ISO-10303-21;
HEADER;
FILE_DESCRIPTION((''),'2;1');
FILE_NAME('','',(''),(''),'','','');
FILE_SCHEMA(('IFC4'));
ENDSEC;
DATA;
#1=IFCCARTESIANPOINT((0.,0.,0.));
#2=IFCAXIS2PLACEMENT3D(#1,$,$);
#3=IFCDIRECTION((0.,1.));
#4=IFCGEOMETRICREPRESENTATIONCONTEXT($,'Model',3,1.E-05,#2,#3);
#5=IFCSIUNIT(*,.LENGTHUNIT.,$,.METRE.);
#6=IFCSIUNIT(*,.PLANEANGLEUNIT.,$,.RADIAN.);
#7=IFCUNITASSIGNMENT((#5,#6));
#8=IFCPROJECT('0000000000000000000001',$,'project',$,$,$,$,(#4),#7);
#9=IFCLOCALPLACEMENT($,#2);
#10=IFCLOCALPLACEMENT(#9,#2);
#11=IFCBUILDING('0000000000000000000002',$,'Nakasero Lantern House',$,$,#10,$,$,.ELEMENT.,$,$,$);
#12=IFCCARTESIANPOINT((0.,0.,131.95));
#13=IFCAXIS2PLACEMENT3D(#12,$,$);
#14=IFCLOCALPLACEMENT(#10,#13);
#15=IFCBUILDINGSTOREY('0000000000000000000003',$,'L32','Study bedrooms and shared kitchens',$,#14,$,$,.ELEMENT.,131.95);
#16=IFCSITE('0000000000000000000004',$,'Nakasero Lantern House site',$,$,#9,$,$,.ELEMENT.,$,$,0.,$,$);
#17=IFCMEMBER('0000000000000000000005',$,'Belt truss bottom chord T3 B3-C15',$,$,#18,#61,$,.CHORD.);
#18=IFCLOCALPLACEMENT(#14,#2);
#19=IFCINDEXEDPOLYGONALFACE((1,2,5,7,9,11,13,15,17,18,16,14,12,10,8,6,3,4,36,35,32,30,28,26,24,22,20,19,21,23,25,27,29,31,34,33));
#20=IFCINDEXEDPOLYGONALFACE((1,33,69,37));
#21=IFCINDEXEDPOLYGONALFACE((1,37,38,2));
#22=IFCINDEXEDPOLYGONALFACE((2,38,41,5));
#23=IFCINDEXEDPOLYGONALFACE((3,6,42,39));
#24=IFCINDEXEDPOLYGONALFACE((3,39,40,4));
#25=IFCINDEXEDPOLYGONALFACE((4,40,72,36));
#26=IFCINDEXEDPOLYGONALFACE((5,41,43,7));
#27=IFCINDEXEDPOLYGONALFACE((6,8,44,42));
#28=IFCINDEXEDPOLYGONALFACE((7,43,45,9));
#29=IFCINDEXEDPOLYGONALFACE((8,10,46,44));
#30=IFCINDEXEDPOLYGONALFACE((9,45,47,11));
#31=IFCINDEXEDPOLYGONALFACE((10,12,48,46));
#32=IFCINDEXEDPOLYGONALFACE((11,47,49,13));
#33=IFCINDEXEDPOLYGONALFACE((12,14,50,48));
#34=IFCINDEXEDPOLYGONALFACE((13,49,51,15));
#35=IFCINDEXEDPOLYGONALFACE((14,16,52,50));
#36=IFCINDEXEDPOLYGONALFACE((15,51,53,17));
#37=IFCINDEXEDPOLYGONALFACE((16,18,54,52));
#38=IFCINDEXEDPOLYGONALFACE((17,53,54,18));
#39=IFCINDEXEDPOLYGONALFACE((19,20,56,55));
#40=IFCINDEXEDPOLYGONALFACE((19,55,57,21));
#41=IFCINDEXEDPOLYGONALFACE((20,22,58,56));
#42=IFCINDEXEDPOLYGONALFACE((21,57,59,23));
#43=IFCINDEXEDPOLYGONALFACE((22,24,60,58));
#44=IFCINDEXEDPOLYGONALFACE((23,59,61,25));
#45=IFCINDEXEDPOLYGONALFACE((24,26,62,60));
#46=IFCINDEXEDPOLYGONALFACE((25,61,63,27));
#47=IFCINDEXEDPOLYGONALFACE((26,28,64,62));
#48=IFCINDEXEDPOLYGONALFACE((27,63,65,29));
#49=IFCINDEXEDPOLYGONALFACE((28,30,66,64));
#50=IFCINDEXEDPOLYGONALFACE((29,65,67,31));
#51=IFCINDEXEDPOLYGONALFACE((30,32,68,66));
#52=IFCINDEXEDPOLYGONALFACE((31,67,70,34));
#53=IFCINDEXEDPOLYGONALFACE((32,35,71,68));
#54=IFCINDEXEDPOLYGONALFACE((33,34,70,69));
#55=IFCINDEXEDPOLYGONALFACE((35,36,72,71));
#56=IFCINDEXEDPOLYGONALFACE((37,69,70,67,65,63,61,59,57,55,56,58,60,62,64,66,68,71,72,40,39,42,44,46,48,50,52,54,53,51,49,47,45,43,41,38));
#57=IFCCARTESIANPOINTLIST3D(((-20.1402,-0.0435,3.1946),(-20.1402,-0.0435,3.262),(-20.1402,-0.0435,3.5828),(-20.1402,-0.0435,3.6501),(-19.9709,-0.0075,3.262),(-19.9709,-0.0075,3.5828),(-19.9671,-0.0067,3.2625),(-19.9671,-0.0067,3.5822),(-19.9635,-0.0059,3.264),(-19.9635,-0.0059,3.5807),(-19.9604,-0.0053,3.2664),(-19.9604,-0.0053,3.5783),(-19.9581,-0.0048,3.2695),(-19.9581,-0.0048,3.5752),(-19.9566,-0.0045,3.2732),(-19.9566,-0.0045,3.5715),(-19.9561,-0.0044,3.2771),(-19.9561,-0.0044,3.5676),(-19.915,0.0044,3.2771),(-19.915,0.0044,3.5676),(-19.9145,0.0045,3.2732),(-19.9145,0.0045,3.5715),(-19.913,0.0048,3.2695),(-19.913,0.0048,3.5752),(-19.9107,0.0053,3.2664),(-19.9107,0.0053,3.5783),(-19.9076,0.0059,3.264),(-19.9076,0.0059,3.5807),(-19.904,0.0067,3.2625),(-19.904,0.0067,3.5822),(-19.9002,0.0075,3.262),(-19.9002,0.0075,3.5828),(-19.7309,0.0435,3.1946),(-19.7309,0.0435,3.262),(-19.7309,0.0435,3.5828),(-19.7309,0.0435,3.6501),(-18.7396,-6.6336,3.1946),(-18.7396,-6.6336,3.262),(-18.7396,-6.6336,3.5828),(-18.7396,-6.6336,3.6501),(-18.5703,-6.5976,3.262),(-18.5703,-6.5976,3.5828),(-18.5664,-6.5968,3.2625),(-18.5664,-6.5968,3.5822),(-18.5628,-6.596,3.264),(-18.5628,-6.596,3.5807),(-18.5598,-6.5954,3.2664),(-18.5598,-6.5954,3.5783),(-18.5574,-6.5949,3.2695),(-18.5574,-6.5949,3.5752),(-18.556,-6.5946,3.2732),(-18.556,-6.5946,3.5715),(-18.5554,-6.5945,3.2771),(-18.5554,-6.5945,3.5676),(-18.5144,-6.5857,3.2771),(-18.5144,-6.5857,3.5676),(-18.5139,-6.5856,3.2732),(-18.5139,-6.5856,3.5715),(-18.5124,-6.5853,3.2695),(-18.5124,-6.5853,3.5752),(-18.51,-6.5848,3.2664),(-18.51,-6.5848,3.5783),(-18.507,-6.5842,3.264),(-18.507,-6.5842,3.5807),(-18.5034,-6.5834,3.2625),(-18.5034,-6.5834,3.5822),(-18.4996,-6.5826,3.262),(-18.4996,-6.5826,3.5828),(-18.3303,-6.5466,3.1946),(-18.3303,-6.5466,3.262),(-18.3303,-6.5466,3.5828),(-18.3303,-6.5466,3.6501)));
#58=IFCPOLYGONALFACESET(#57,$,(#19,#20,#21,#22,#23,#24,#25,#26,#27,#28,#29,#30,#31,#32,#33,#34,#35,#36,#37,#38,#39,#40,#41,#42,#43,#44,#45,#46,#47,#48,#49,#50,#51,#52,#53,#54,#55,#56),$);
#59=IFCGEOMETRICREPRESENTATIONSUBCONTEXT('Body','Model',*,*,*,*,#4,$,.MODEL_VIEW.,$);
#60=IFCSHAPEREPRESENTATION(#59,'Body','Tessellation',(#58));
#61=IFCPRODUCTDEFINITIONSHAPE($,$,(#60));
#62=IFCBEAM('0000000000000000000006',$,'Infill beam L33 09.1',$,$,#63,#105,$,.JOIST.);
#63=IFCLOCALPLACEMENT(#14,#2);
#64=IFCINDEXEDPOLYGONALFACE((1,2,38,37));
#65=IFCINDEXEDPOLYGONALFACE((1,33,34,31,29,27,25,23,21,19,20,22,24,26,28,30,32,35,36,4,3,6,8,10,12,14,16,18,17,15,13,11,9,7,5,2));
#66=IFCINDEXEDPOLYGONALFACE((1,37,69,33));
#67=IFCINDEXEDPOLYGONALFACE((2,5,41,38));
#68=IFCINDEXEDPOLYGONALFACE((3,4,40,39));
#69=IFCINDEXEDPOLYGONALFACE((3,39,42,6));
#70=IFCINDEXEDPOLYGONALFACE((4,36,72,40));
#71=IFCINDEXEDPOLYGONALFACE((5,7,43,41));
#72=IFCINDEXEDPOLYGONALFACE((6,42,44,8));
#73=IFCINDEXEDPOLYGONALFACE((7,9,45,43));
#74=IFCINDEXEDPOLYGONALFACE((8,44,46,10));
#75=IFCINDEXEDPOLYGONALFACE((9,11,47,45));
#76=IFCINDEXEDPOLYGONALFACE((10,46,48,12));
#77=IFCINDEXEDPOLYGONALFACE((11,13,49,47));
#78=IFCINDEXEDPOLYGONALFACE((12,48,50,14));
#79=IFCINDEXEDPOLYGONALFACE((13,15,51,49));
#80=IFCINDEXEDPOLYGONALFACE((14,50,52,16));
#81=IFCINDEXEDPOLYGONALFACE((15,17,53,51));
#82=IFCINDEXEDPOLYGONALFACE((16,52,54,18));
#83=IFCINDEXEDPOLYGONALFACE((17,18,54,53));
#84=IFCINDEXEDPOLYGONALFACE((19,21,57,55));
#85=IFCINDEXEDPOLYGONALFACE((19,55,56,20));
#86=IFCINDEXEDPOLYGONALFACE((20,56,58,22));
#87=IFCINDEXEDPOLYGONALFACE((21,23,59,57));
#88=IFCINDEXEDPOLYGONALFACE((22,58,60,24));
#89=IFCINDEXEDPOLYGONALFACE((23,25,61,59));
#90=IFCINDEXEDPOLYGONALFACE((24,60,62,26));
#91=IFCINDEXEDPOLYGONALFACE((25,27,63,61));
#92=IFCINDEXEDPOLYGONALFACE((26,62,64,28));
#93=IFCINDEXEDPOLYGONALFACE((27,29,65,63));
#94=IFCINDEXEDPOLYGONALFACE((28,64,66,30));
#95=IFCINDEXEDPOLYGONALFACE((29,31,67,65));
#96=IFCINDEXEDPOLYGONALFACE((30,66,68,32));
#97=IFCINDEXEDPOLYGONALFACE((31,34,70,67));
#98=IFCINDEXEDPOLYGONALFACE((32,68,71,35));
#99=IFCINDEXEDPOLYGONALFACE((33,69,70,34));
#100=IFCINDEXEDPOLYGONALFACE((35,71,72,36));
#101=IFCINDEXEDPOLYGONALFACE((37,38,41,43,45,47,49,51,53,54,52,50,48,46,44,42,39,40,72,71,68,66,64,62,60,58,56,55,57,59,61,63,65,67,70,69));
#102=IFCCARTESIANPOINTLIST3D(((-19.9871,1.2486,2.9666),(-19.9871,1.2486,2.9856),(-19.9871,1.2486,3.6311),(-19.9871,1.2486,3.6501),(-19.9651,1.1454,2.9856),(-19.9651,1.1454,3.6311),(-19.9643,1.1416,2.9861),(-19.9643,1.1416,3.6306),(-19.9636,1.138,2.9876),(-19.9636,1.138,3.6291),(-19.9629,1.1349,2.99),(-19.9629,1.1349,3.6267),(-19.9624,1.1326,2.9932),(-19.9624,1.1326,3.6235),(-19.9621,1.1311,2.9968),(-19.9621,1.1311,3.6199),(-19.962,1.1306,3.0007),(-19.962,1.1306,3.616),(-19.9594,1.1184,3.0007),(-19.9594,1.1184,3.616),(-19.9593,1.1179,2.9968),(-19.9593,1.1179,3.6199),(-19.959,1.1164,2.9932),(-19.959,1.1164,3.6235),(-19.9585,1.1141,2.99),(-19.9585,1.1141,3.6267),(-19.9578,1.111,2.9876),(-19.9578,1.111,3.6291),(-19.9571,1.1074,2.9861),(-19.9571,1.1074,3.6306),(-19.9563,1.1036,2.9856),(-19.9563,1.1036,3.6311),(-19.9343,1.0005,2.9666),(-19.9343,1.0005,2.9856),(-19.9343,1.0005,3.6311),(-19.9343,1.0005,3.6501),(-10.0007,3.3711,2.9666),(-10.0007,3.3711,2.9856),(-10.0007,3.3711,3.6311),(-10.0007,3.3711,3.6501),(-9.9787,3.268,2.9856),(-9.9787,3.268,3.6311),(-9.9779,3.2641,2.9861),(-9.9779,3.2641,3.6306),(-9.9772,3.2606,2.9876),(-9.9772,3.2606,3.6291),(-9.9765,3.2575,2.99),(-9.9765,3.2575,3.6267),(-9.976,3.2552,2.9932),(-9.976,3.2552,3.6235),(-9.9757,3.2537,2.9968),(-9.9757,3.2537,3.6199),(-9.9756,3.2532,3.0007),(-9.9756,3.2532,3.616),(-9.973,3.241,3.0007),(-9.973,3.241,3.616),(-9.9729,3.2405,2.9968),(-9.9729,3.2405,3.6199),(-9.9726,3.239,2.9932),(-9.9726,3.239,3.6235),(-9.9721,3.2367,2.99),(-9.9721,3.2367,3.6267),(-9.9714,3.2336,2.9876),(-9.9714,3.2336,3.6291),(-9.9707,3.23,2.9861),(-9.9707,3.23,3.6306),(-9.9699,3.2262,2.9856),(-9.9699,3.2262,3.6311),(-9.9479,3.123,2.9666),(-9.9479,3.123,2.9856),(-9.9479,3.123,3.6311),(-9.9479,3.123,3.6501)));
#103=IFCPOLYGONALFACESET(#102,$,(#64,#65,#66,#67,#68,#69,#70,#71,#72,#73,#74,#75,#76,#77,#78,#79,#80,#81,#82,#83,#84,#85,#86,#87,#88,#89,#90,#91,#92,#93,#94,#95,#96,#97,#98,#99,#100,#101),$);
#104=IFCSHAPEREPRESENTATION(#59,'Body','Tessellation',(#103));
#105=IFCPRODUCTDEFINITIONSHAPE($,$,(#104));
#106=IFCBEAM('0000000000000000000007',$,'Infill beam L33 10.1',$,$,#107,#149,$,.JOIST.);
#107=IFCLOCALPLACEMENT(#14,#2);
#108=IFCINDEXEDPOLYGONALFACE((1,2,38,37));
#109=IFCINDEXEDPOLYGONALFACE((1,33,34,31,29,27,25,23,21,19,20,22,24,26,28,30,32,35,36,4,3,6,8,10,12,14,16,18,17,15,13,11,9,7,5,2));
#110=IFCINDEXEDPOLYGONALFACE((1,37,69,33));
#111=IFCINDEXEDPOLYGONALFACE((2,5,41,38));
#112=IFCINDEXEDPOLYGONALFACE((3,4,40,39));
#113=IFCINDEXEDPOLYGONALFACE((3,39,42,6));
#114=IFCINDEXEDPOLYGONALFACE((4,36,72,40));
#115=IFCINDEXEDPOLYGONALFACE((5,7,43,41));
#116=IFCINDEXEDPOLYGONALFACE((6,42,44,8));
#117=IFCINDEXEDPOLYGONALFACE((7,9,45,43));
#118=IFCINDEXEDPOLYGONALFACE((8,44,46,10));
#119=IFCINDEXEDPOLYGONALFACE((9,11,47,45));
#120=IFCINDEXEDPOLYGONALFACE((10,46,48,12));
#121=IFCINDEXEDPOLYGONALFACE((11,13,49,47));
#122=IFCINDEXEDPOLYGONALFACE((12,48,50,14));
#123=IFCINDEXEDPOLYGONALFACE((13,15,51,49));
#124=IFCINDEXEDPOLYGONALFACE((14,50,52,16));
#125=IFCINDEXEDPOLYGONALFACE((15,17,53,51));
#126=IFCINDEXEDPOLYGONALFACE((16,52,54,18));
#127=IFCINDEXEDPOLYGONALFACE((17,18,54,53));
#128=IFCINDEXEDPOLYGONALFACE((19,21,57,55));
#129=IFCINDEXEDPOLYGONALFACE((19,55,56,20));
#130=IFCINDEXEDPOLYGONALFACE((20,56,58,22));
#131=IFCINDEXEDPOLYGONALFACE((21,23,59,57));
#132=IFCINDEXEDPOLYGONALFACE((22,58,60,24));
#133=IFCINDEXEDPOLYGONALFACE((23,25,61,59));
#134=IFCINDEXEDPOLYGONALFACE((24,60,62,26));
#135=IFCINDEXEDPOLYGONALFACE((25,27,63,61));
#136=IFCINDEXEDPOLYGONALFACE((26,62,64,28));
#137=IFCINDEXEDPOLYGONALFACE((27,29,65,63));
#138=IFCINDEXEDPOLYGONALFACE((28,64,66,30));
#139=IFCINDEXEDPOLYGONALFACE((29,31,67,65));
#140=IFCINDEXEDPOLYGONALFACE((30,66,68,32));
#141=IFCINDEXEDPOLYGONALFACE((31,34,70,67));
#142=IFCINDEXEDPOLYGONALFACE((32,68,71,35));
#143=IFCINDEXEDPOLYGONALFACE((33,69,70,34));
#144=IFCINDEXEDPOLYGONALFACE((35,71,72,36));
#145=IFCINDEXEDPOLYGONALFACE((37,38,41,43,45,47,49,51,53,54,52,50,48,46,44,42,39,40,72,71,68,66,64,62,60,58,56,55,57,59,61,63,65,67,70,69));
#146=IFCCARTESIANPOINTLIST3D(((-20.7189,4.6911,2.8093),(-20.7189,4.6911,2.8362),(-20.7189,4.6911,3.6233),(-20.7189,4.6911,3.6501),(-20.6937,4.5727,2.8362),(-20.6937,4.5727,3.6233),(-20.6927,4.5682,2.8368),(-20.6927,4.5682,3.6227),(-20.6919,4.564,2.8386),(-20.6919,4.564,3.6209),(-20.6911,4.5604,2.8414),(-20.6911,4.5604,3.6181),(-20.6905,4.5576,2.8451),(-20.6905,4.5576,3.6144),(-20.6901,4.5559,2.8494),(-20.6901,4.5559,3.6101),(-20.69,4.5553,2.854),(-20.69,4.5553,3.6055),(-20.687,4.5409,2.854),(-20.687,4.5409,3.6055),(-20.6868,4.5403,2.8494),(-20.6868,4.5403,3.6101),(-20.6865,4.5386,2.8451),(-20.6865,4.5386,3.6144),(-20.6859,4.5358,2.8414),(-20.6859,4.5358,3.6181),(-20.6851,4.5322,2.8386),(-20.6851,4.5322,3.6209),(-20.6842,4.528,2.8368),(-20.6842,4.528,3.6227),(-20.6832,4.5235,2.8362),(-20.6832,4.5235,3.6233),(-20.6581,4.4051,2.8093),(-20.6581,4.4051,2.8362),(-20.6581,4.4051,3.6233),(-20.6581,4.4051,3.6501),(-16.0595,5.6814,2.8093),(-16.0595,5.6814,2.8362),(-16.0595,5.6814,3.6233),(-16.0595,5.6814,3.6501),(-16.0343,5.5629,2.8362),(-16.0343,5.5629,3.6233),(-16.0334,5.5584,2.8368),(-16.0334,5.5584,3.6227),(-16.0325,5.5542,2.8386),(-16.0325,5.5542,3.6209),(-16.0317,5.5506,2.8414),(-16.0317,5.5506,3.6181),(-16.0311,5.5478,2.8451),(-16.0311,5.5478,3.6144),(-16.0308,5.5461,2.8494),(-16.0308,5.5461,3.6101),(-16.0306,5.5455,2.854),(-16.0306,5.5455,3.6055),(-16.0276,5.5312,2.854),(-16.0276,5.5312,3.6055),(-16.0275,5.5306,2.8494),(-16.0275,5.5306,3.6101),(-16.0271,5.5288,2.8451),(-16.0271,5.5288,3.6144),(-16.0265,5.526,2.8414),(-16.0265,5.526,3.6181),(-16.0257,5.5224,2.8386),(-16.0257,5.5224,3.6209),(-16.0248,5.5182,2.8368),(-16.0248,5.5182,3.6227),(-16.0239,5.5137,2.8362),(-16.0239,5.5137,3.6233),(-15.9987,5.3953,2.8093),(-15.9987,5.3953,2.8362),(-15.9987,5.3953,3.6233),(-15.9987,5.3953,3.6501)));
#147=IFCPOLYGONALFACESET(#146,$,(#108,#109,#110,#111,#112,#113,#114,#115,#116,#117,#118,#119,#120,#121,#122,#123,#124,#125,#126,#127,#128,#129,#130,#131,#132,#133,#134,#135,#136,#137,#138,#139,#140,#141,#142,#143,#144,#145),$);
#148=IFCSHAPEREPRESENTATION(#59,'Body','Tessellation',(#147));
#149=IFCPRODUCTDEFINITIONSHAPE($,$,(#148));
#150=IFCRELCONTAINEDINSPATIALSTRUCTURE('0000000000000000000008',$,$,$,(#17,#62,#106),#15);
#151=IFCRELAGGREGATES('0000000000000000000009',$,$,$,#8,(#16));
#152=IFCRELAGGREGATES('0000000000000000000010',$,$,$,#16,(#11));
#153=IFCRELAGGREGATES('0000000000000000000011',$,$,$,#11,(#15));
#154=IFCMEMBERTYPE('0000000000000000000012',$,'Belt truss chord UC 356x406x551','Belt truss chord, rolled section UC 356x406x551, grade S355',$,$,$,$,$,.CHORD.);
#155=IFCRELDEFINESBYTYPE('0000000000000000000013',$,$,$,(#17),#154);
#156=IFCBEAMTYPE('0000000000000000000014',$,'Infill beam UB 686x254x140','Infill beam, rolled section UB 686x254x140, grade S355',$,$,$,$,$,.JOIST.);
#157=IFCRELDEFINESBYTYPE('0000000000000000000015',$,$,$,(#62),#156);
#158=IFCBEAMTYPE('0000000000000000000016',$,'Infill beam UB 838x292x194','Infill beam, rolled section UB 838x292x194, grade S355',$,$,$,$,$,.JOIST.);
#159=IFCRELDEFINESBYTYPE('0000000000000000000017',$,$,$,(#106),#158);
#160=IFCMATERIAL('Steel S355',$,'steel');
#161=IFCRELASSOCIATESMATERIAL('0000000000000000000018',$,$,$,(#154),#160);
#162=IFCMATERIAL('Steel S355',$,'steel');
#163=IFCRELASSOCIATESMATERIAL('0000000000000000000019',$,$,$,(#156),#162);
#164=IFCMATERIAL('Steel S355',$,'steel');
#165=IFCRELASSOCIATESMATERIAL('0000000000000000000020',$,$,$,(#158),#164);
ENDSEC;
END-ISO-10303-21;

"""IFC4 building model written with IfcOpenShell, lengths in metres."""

from ifc_helpers import new_model, si_unit, direction, frame, origin, origin_2d, place, context, subcontext, project, spatial, i_section, extrude, material, material_profile, profile_set, type_object, element, save


model = new_model("IFC4")

# Units and contexts
model_context = context("Model", 3, precision=1e-05, world=origin(), true_north=direction((0.0, 1.0)))
body_context = subcontext(model_context, "Body", "Model", "MODEL_VIEW")
ifc_project = project(units=[si_unit("LENGTHUNIT", "METRE"), si_unit("PLANEANGLEUNIT", "RADIAN")], contexts=[model_context])

# Site, building, storey
site_placement = place(None, origin())
site = spatial("IfcSite", under=ifc_project, at=site_placement, Name="Nakasero Lantern House site", CompositionType="ELEMENT", RefElevation=0.0)
building_placement = place(site_placement, origin())
building = spatial("IfcBuilding", under=site, at=building_placement, Name="Nakasero Lantern House", CompositionType="ELEMENT")
storey_placement = place(building_placement, frame((0.0, 0.0, 131.95)))
storey = spatial("IfcBuildingStorey", under=building, at=storey_placement, Name="L32", Description="Study bedrooms and shared kitchens", CompositionType="ELEMENT", Elevation=131.95)

# Member
ifc_material_1 = material(Name="Steel S355", Category="steel")
ifc_material_profile_1 = material_profile(ifc_material_1, i_section(OverallWidth=0.4185, OverallDepth=0.4556, WebThickness=0.042, FlangeThickness=0.0674, FilletRadius=0.0151, at=origin_2d()), Name="UC 356x406x551")
ifc_profile_set_1 = profile_set([ifc_material_profile_1], Name="Steel S355")
member_type = type_object("IfcMemberType", Name="Belt truss chord UC 356x406x551", Description="Belt truss chord, rolled section UC 356x406x551, grade S355", PredefinedType="CHORD", material=ifc_profile_set_1)
member_placement = place(storey_placement, frame((-19.9355, 0.0, 3.4224), z_axis=(0.207893, -0.978152, 0.0), x_axis=(0.978152, 0.207893, 0.0)))
element("IfcMember", 1, at=member_placement, inside=storey, type_object=member_type, Name="Belt truss bottom chord T3 B3-C15", PredefinedType="CHORD", context=body_context, shape_type="SweptSolid", body=[
    extrude(i_section(OverallWidth=0.4185, OverallDepth=0.4556, WebThickness=0.042, FlangeThickness=0.0674, FilletRadius=0.0151, at=origin_2d()), origin(), (0.0, 0.0, 1.0), 6.7373),
])

# Beams
ifc_material_2 = material(Name="Steel S355", Category="steel")
ifc_material_profile_2 = material_profile(ifc_material_2, i_section(OverallWidth=0.2537, OverallDepth=0.6836, WebThickness=0.0125, FlangeThickness=0.019, FilletRadius=0.0151, at=origin_2d()), Name="UB 686x254x140")
ifc_profile_set_2 = profile_set([ifc_material_profile_2], Name="Steel S355")
beam_type_1 = type_object("IfcBeamType", Name="Infill beam UB 686x254x140", Description="Infill beam, rolled section UB 686x254x140, grade S355", PredefinedType="JOIST", material=ifc_profile_set_2)
beam_1_placement = place(storey_placement, frame((-19.9607, 1.1245, 3.3083), z_axis=(0.97815, 0.207902, 0.0), x_axis=(-0.207902, 0.97815, 0.0)))
element("IfcBeam", 2, at=beam_1_placement, inside=storey, type_object=beam_type_1, Name="Infill beam L33 09.1", PredefinedType="JOIST", context=body_context, shape_type="SweptSolid", body=[
    extrude(i_section(OverallWidth=0.2537, OverallDepth=0.6836, WebThickness=0.0125, FlangeThickness=0.019, FilletRadius=0.0151, at=origin_2d()), origin(), (0.0, 0.0, 1.0), 10.2095),
])
ifc_material_3 = material(Name="Steel S355", Category="steel")
ifc_material_profile_3 = material_profile(ifc_material_3, i_section(OverallWidth=0.2925, OverallDepth=0.8408, WebThickness=0.0146, FlangeThickness=0.0269, FilletRadius=0.0178, at=origin_2d()), Name="UB 838x292x194")
ifc_profile_set_3 = profile_set([ifc_material_profile_3], Name="Steel S355")
beam_type_2 = type_object("IfcBeamType", Name="Infill beam UB 838x292x194", Description="Infill beam, rolled section UB 838x292x194, grade S355", PredefinedType="JOIST", material=ifc_profile_set_3)
beam_2_placement = place(storey_placement, frame((-20.6885, 4.5481, 3.2297), z_axis=(0.978154, 0.20788, 0.0), x_axis=(-0.20788, 0.978154, 0.0)))
element("IfcBeam", 3, at=beam_2_placement, inside=storey, type_object=beam_type_2, Name="Infill beam L33 10.1", PredefinedType="JOIST", context=body_context, shape_type="SweptSolid", body=[
    extrude(i_section(OverallWidth=0.2925, OverallDepth=0.8408, WebThickness=0.0146, FlangeThickness=0.0269, FilletRadius=0.0178, at=origin_2d()), origin(), (0.0, 0.0, 1.0), 4.7634),
])

save(model, "model.ifc")
